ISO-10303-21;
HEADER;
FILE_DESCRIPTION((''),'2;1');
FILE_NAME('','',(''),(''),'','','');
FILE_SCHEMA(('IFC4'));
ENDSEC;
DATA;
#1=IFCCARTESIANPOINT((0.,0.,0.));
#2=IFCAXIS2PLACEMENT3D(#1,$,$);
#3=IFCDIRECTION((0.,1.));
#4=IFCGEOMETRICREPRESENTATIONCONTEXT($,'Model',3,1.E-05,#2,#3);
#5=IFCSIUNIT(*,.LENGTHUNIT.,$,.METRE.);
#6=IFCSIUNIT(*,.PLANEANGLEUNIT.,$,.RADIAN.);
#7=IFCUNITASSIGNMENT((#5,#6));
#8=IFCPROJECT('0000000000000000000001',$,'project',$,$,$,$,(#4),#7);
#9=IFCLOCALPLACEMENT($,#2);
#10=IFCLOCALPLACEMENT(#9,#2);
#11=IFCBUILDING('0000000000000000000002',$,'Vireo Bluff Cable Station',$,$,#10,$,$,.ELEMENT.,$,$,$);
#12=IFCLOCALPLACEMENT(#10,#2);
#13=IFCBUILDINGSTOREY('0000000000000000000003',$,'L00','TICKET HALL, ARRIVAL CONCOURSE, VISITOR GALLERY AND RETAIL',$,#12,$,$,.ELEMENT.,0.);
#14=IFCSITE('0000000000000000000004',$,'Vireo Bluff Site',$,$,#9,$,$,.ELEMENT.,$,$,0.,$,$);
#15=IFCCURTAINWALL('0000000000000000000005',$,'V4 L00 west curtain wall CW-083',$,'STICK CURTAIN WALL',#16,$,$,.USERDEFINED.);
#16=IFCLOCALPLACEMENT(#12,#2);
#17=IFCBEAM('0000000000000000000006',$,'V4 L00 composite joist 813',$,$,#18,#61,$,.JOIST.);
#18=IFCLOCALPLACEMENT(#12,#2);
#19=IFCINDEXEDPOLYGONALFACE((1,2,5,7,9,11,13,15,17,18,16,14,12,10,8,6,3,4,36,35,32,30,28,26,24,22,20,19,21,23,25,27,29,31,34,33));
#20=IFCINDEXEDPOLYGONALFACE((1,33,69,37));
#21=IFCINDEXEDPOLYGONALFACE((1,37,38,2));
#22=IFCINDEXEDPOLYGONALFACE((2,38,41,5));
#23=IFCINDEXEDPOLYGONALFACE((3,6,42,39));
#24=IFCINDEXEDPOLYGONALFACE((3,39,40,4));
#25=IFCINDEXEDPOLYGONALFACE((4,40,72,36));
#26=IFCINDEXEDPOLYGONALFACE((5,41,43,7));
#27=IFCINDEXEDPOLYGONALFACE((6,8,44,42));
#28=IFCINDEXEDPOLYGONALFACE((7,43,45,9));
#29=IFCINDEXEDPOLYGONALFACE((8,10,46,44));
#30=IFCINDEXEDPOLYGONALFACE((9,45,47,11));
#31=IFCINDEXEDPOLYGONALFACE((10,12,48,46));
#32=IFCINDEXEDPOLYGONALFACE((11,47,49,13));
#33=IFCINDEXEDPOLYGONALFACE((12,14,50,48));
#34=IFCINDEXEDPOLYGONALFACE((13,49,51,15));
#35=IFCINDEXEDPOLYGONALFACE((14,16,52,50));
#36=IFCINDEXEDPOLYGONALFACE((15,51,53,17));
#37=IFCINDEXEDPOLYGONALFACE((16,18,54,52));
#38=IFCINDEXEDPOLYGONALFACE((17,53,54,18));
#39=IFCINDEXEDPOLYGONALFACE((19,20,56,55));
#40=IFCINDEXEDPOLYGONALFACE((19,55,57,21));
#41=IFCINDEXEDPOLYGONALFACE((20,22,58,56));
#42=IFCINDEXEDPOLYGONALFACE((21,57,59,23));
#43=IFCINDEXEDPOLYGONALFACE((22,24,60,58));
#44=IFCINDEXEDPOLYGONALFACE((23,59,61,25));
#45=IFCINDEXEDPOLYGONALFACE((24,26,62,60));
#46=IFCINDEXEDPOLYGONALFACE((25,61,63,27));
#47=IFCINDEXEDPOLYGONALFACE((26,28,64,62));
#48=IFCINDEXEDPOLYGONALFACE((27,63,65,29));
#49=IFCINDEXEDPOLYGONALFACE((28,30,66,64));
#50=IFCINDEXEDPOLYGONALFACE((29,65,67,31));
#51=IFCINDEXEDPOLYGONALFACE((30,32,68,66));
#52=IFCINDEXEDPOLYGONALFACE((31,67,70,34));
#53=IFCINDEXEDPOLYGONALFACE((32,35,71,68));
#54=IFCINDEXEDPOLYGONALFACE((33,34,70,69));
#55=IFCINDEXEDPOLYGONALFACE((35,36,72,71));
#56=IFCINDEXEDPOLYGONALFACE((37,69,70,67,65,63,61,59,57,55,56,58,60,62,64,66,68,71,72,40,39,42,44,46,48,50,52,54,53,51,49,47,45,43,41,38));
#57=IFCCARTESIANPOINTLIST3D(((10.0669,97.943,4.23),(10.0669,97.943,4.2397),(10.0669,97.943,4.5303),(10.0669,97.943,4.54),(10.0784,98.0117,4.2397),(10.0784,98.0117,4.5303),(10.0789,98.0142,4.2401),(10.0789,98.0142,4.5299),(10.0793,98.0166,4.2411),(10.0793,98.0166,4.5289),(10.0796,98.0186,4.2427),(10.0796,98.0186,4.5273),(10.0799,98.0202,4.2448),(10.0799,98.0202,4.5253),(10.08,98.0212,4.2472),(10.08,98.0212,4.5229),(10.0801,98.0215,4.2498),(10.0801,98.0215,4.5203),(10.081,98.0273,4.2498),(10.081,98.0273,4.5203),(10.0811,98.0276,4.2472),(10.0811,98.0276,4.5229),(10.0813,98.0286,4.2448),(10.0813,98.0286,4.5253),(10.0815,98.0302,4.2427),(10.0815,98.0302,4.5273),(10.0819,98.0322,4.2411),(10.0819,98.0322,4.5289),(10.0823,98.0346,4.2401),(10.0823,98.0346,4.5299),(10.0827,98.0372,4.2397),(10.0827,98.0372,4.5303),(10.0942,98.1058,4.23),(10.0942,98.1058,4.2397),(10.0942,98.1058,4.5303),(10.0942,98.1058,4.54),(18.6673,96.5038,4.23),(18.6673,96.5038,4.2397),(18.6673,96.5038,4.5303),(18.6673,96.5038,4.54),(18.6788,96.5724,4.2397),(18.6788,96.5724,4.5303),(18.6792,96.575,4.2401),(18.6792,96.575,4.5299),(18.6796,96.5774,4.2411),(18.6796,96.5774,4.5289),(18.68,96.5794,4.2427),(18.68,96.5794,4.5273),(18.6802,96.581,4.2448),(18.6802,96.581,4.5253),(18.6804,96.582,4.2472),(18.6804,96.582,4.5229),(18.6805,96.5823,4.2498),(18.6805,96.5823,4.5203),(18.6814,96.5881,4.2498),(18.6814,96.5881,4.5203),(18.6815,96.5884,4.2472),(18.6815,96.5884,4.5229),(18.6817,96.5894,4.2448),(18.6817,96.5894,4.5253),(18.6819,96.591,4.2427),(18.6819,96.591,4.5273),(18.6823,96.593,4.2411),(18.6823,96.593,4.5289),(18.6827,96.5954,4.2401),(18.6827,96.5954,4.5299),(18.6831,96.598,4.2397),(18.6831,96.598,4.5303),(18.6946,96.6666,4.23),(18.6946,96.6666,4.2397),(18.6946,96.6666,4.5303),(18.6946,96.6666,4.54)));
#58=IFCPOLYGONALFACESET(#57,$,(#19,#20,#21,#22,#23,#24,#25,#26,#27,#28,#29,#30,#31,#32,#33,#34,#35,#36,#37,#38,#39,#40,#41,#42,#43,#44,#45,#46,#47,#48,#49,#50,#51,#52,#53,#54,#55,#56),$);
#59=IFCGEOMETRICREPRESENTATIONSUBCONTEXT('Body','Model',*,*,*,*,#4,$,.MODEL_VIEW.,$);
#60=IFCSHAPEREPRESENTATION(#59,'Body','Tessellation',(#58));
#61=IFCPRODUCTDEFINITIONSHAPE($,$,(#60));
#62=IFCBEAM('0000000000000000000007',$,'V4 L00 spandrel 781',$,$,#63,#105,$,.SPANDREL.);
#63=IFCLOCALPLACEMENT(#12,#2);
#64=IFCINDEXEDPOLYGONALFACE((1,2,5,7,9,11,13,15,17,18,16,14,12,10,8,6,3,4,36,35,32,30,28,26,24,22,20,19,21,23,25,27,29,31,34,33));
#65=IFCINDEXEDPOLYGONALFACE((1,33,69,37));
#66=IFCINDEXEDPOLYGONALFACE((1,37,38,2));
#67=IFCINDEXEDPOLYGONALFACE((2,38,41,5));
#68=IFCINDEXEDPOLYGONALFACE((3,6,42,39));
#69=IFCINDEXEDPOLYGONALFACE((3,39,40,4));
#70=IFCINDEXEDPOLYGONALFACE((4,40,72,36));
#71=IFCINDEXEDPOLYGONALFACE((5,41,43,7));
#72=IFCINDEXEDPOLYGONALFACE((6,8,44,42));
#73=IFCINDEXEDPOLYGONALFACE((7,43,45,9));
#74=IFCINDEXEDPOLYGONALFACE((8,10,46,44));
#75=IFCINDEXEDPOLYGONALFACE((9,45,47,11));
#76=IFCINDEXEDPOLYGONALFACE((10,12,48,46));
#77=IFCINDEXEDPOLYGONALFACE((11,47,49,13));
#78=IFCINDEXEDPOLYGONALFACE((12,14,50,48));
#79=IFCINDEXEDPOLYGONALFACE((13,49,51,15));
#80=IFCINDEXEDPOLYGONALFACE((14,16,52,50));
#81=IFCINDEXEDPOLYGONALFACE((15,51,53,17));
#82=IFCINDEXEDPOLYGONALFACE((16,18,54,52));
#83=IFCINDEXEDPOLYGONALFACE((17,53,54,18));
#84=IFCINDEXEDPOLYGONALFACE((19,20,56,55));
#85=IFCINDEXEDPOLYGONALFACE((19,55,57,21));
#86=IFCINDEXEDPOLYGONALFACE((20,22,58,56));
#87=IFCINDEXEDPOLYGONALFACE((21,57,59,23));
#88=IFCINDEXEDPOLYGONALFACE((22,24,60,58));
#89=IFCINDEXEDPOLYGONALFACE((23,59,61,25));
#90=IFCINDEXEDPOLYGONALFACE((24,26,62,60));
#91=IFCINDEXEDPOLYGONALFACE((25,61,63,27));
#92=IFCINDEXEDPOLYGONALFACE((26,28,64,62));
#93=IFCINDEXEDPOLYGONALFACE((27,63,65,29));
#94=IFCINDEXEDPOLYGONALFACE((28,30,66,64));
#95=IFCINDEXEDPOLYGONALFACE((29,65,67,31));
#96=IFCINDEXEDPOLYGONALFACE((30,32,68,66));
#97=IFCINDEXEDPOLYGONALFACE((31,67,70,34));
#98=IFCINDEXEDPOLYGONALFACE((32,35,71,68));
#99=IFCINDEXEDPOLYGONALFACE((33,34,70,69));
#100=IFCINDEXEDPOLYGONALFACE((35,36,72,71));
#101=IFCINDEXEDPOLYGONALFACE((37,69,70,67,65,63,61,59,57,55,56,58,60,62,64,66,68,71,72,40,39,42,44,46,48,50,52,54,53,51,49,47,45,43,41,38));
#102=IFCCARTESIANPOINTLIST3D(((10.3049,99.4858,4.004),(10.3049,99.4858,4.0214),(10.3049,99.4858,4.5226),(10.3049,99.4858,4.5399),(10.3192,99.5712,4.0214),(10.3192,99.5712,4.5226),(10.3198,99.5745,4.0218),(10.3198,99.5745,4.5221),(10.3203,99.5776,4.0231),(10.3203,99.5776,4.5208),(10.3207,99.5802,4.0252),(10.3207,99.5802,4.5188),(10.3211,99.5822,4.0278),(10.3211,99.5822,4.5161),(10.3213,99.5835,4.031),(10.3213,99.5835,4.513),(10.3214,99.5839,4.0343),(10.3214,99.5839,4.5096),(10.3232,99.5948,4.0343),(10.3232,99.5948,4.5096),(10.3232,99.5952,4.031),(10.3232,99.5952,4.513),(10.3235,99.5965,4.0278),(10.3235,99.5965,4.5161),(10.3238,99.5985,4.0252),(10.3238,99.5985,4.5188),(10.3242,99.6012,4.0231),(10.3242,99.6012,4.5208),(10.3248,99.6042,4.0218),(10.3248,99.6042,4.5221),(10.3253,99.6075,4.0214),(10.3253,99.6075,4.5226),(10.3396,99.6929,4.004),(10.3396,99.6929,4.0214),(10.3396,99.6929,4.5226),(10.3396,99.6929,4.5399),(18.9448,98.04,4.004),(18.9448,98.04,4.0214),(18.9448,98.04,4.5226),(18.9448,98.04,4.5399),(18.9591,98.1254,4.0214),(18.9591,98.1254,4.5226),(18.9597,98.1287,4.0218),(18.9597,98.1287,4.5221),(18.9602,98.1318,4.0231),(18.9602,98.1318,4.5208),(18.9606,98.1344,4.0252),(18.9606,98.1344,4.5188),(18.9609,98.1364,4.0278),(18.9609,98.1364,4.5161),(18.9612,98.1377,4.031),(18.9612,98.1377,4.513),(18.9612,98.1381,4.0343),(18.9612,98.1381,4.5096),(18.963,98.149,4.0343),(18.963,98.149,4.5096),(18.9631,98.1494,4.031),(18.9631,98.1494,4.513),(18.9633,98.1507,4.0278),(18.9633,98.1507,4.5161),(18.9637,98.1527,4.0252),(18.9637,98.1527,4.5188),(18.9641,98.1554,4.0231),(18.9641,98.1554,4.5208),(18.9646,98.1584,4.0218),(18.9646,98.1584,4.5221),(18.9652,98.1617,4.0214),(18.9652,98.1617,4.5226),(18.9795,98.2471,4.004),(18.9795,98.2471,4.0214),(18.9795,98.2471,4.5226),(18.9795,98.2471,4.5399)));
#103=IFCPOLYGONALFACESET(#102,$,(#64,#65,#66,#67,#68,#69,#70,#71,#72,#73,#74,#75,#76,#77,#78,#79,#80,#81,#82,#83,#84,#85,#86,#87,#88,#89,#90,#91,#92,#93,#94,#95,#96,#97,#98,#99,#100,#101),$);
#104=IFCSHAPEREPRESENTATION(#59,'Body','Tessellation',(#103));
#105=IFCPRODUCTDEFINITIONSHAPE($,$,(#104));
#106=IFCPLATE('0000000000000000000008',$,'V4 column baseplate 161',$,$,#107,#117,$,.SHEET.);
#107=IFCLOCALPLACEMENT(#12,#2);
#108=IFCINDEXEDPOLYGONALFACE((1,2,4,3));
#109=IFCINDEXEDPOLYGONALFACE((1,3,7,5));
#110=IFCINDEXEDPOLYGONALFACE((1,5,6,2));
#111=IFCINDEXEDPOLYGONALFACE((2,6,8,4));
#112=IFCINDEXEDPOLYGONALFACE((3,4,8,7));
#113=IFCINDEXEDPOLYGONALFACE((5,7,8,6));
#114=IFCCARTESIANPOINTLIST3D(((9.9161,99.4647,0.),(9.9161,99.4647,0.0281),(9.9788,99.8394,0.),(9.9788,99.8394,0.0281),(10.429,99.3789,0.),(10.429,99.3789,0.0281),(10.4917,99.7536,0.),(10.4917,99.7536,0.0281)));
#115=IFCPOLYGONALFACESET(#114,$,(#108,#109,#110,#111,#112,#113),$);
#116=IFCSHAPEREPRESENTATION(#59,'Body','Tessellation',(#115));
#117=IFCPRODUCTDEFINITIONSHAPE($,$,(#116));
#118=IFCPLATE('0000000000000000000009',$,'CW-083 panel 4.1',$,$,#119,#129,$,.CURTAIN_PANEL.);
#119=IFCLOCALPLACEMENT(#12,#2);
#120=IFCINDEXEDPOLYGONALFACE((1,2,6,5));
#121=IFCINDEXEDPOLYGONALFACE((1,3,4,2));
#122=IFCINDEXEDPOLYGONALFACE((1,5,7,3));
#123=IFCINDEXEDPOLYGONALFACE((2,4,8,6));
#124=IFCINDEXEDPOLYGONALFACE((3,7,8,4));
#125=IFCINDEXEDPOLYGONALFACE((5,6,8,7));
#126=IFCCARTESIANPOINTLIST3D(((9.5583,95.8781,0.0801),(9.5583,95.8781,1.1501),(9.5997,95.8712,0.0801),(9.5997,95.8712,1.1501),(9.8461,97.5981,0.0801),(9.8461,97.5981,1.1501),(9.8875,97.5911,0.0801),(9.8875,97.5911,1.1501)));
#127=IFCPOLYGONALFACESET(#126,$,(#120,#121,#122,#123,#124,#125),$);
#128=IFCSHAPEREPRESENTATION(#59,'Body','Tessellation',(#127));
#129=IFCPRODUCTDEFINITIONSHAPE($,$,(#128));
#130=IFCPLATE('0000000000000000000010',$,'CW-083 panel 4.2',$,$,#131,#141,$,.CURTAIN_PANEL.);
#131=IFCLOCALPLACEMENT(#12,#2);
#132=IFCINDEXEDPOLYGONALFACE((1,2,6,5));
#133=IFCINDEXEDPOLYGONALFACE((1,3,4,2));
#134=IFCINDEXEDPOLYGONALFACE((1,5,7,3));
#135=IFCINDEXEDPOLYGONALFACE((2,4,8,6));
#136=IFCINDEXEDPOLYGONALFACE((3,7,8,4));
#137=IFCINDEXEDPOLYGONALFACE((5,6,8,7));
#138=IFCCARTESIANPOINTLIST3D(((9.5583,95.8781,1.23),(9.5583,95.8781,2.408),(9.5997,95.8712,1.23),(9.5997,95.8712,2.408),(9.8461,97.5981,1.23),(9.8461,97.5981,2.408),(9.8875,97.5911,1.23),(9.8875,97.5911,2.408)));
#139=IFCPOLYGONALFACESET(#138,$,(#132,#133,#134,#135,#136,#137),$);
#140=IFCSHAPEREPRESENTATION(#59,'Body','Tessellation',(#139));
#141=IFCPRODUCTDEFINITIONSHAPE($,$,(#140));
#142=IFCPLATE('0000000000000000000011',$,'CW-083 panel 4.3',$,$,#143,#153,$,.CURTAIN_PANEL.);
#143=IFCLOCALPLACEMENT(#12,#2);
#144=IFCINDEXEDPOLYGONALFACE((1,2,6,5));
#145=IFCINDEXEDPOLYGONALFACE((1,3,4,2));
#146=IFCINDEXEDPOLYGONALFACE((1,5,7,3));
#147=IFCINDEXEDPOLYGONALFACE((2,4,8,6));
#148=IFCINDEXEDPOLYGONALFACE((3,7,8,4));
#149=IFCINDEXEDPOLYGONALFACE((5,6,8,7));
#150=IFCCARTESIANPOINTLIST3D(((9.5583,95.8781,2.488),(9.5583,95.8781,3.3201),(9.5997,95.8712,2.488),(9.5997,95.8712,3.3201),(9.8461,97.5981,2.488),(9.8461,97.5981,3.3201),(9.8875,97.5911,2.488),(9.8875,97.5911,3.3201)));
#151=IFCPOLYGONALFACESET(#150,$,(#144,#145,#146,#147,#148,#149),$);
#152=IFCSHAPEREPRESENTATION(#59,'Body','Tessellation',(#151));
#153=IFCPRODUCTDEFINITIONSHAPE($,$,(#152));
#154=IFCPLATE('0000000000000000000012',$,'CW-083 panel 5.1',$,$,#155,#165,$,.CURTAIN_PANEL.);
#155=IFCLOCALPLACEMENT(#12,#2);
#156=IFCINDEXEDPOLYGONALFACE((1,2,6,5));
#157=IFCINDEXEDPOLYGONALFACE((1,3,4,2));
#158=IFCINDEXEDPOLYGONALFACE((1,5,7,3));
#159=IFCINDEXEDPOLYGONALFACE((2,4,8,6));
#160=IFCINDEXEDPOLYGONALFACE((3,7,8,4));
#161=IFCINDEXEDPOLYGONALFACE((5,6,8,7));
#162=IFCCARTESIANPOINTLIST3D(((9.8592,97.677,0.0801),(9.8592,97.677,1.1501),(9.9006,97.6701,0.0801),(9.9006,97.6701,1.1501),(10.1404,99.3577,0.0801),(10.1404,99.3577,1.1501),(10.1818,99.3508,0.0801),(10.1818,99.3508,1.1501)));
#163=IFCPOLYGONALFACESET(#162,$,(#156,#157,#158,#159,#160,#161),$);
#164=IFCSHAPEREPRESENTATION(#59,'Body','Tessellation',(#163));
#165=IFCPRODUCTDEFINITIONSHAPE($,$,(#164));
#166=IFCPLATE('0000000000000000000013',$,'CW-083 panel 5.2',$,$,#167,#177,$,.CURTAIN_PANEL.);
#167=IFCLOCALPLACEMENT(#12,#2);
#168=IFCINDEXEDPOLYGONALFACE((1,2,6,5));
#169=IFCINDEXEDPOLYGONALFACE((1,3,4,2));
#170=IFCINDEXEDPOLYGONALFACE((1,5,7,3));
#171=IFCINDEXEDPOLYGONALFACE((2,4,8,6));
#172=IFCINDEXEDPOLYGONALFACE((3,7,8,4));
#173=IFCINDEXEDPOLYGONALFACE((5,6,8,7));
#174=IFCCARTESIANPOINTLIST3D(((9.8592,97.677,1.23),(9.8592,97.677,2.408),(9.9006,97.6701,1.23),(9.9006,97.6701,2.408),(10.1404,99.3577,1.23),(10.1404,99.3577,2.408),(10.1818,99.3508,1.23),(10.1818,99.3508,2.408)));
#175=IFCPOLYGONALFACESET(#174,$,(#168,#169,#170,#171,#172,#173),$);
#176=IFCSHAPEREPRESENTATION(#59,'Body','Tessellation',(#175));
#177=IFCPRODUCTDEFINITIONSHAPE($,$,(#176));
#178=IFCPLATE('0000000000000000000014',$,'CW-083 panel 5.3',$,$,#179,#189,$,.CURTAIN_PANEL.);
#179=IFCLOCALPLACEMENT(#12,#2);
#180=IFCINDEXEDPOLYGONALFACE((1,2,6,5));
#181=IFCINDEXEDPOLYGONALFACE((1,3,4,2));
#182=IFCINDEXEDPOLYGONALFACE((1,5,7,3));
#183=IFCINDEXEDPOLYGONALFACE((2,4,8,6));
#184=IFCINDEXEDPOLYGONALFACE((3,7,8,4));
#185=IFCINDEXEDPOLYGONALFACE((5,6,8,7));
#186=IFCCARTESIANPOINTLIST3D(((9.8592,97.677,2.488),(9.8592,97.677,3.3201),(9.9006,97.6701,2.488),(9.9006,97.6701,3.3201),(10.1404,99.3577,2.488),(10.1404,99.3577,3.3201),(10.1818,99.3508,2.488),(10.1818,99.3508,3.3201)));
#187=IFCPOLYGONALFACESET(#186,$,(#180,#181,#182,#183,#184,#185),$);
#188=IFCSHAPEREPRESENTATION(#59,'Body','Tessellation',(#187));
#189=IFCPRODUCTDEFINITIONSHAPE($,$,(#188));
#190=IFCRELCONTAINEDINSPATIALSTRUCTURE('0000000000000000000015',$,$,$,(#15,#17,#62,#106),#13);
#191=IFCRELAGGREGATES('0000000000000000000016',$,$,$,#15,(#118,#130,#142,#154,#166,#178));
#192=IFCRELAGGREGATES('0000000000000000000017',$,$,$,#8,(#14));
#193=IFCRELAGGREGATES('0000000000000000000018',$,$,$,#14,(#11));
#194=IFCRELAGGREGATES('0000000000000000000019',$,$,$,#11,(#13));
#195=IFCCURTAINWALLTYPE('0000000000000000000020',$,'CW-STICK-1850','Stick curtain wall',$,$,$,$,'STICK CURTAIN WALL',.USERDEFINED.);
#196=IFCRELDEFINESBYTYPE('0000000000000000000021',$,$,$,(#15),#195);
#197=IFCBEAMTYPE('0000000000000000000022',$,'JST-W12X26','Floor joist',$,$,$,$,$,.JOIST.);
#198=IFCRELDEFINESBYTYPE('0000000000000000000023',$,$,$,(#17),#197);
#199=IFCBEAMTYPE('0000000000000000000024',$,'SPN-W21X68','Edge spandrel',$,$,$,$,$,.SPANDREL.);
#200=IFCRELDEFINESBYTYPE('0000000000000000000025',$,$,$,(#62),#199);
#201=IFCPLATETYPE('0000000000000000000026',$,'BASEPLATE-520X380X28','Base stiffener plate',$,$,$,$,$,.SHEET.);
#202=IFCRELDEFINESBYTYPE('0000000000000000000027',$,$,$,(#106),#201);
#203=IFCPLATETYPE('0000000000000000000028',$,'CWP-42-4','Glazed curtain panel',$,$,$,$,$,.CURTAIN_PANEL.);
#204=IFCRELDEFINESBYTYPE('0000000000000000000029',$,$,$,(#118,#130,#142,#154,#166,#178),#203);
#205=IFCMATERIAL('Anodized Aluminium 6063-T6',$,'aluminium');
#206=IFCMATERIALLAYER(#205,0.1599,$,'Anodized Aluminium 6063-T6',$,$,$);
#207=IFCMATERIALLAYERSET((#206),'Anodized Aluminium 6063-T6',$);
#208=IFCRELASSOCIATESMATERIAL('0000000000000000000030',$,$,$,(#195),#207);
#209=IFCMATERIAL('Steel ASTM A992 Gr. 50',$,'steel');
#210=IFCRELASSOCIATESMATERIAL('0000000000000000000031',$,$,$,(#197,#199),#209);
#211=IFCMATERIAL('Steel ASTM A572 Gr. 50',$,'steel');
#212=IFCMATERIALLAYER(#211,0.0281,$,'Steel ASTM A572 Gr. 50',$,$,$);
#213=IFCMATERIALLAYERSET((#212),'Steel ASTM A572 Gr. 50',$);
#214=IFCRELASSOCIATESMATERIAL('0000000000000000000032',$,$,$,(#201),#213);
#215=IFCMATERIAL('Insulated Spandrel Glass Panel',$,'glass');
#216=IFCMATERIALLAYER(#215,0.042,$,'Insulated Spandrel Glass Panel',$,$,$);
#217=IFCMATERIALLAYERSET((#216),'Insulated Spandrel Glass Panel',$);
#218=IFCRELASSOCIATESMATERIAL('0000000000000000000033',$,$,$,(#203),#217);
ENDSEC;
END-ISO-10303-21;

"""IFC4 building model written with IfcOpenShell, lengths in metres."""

from ifc_helpers import new_model, si_unit, direction, frame, origin, origin_2d, place, context, subcontext, project, spatial, rectangle, i_section, extrude, material, layer, layer_set, material_profile, profile_set, type_object, element, aggregate, save


model = new_model("IFC4")

# Units and contexts
model_context = context("Model", 3, precision=1e-05, world=origin(), true_north=direction((0.0, 1.0)))
body_context = subcontext(model_context, "Body", "Model", "MODEL_VIEW")
ifc_project = project(units=[si_unit("LENGTHUNIT", "METRE"), si_unit("PLANEANGLEUNIT", "RADIAN")], contexts=[model_context])

# Site, building, storey
site_placement = place(None, origin())
site = spatial("IfcSite", under=ifc_project, at=site_placement, Name="Vireo Bluff Site", CompositionType="ELEMENT", RefElevation=0.0)
building_placement = place(site_placement, origin())
building = spatial("IfcBuilding", under=site, at=building_placement, Name="Vireo Bluff Cable Station", CompositionType="ELEMENT")
storey_placement = place(building_placement, origin())
storey = spatial("IfcBuildingStorey", under=building, at=storey_placement, Name="L00", Description="TICKET HALL, ARRIVAL CONCOURSE, VISITOR GALLERY AND RETAIL", CompositionType="ELEMENT", Elevation=0.0)

# Shared definitions
ifc_material_1 = material(Name="Steel ASTM A992 Gr. 50", Category="steel")

# Curtain wall
ifc_material_2 = material(Name="Anodized Aluminium 6063-T6", Category="aluminium")
ifc_layer_1 = layer(ifc_material_2, 0.1599, Name="Anodized Aluminium 6063-T6")
ifc_layer_set_1 = layer_set([ifc_layer_1], Name="Anodized Aluminium 6063-T6")
curtain_wall_type = type_object("IfcCurtainWallType", Name="CW-STICK-1850", Description="Stick curtain wall", ElementType="STICK CURTAIN WALL", PredefinedType="USERDEFINED", material=ifc_layer_set_1)
curtain_wall_placement = place(storey_placement, origin())
curtain_wall = element("IfcCurtainWall", 1, at=curtain_wall_placement, inside=storey, type_object=curtain_wall_type, Name="V4 L00 west curtain wall CW-083", ObjectType="STICK CURTAIN WALL", PredefinedType="USERDEFINED")

# Beams
ifc_material_profile_1 = material_profile(ifc_material_1, i_section(OverallWidth=0.165, OverallDepth=0.3101, WebThickness=0.0059, FlangeThickness=0.0098, FilletRadius=0.01, at=origin_2d()), Name="W12X26")
ifc_profile_set_1 = profile_set([ifc_material_profile_1], Name="Steel ASTM A992 Gr. 50")
beam_type_1 = type_object("IfcBeamType", Name="JST-W12X26", Description="Floor joist", PredefinedType="JOIST", material=ifc_profile_set_1)
beam_1_placement = place(storey_placement, frame((10.0806, 98.0244, 4.385), z_axis=(0.986286, -0.165048, 0.0), x_axis=(0.165048, 0.986286, 0.0)))
element("IfcBeam", 2, at=beam_1_placement, inside=storey, type_object=beam_type_1, Name="V4 L00 composite joist 813", PredefinedType="JOIST", context=body_context, shape_type="SweptSolid", body=[
    extrude(i_section(OverallWidth=0.165, OverallDepth=0.3101, WebThickness=0.0059, FlangeThickness=0.0098, FilletRadius=0.01, at=origin_2d()), origin(), (0.0, 0.0, 1.0), 8.72),
])
ifc_material_profile_2 = material_profile(ifc_material_1, i_section(OverallWidth=0.21, OverallDepth=0.5359, WebThickness=0.011, FlangeThickness=0.0173, FilletRadius=0.0129, at=origin_2d()), Name="W21X68")
ifc_profile_set_2 = profile_set([ifc_material_profile_2], Name="Steel ASTM A992 Gr. 50")
beam_type_2 = type_object("IfcBeamType", Name="SPN-W21X68", Description="Edge spandrel", PredefinedType="SPANDREL", material=ifc_profile_set_2)
beam_2_placement = place(storey_placement, frame((10.3223, 99.5894, 4.272), z_axis=(0.986286, -0.165045, 0.0), x_axis=(0.165045, 0.986286, 0.0)))
element("IfcBeam", 3, at=beam_2_placement, inside=storey, type_object=beam_type_2, Name="V4 L00 spandrel 781", PredefinedType="SPANDREL", context=body_context, shape_type="SweptSolid", body=[
    extrude(i_section(OverallWidth=0.21, OverallDepth=0.5359, WebThickness=0.011, FlangeThickness=0.0173, FilletRadius=0.0129, at=origin_2d()), origin(), (0.0, 0.0, 1.0), 8.76),
])

# Plates
ifc_material_3 = material(Name="Steel ASTM A572 Gr. 50", Category="steel")
ifc_layer_2 = layer(ifc_material_3, 0.0281, Name="Steel ASTM A572 Gr. 50")
ifc_layer_set_2 = layer_set([ifc_layer_2], Name="Steel ASTM A572 Gr. 50")
plate_type_1 = type_object("IfcPlateType", Name="BASEPLATE-520X380X28", Description="Base stiffener plate", PredefinedType="SHEET", material=ifc_layer_set_2)
plate_1_placement = place(storey_placement, frame((10.2039, 99.6091, 0.0), z_axis=(0.0, 0.0, 1.0), x_axis=(0.986286, -0.165048, 0.0)))
element("IfcPlate", 4, at=plate_1_placement, inside=storey, type_object=plate_type_1, Name="V4 column baseplate 161", PredefinedType="SHEET", context=body_context, shape_type="SweptSolid", body=[
    extrude(rectangle(XDim=0.52, YDim=0.3799, at=origin_2d()), origin(), (0.0, 0.0, 1.0), 0.0281),
])
ifc_material_4 = material(Name="Insulated Spandrel Glass Panel", Category="glass")
ifc_layer_3 = layer(ifc_material_4, 0.042, Name="Insulated Spandrel Glass Panel")
ifc_layer_set_3 = layer_set([ifc_layer_3], Name="Insulated Spandrel Glass Panel")
plate_type_2 = type_object("IfcPlateType", Name="CWP-42-4", Description="Glazed curtain panel", PredefinedType="CURTAIN_PANEL", material=ifc_layer_set_3)
plate_2_placement = place(storey_placement, frame((9.7229, 96.7346, 0.0801), z_axis=(0.0, 0.0, 1.0), x_axis=(0.165048, 0.986286, 0.0)))
plate_2 = element("IfcPlate", 5, at=plate_2_placement, type_object=plate_type_2, Name="CW-083 panel 4.1", PredefinedType="CURTAIN_PANEL", context=body_context, shape_type="SweptSolid", body=[
    extrude(rectangle(XDim=1.7439, YDim=0.042, at=origin_2d()), origin(), (0.0, 0.0, 1.0), 1.0701),
])
plate_3_placement = place(storey_placement, frame((9.7229, 96.7346, 1.23), z_axis=(0.0, 0.0, 1.0), x_axis=(0.165048, 0.986286, 0.0)))
plate_3 = element("IfcPlate", 6, at=plate_3_placement, type_object=plate_type_2, Name="CW-083 panel 4.2", PredefinedType="CURTAIN_PANEL", context=body_context, shape_type="SweptSolid", body=[
    extrude(rectangle(XDim=1.7439, YDim=0.042, at=origin_2d()), origin(), (0.0, 0.0, 1.0), 1.178),
])
plate_4_placement = place(storey_placement, frame((9.7229, 96.7346, 2.488), z_axis=(0.0, 0.0, 1.0), x_axis=(0.165048, 0.986286, 0.0)))
plate_4 = element("IfcPlate", 7, at=plate_4_placement, type_object=plate_type_2, Name="CW-083 panel 4.3", PredefinedType="CURTAIN_PANEL", context=body_context, shape_type="SweptSolid", body=[
    extrude(rectangle(XDim=1.7439, YDim=0.042, at=origin_2d()), origin(), (0.0, 0.0, 1.0), 0.832),
])
plate_5_placement = place(storey_placement, frame((10.0205, 98.5139, 0.0801), z_axis=(0.0, 0.0, 1.0), x_axis=(0.165048, 0.986286, 0.0)))
plate_5 = element("IfcPlate", 8, at=plate_5_placement, type_object=plate_type_2, Name="CW-083 panel 5.1", PredefinedType="CURTAIN_PANEL", context=body_context, shape_type="SweptSolid", body=[
    extrude(rectangle(XDim=1.7041, YDim=0.042, at=origin_2d()), origin(), (0.0, 0.0, 1.0), 1.0701),
])
plate_6_placement = place(storey_placement, frame((10.0205, 98.5139, 1.23), z_axis=(0.0, 0.0, 1.0), x_axis=(0.165048, 0.986286, 0.0)))
plate_6 = element("IfcPlate", 9, at=plate_6_placement, type_object=plate_type_2, Name="CW-083 panel 5.2", PredefinedType="CURTAIN_PANEL", context=body_context, shape_type="SweptSolid", body=[
    extrude(rectangle(XDim=1.7041, YDim=0.042, at=origin_2d()), origin(), (0.0, 0.0, 1.0), 1.178),
])
plate_7_placement = place(storey_placement, frame((10.0205, 98.5139, 2.488), z_axis=(0.0, 0.0, 1.0), x_axis=(0.165048, 0.986286, 0.0)))
plate_7 = element("IfcPlate", 10, at=plate_7_placement, type_object=plate_type_2, Name="CW-083 panel 5.3", PredefinedType="CURTAIN_PANEL", context=body_context, shape_type="SweptSolid", body=[
    extrude(rectangle(XDim=1.7041, YDim=0.042, at=origin_2d()), origin(), (0.0, 0.0, 1.0), 0.832),
])
aggregate(curtain_wall, [plate_2, plate_3, plate_4, plate_5, plate_6, plate_7])

save(model, "model.ifc")
